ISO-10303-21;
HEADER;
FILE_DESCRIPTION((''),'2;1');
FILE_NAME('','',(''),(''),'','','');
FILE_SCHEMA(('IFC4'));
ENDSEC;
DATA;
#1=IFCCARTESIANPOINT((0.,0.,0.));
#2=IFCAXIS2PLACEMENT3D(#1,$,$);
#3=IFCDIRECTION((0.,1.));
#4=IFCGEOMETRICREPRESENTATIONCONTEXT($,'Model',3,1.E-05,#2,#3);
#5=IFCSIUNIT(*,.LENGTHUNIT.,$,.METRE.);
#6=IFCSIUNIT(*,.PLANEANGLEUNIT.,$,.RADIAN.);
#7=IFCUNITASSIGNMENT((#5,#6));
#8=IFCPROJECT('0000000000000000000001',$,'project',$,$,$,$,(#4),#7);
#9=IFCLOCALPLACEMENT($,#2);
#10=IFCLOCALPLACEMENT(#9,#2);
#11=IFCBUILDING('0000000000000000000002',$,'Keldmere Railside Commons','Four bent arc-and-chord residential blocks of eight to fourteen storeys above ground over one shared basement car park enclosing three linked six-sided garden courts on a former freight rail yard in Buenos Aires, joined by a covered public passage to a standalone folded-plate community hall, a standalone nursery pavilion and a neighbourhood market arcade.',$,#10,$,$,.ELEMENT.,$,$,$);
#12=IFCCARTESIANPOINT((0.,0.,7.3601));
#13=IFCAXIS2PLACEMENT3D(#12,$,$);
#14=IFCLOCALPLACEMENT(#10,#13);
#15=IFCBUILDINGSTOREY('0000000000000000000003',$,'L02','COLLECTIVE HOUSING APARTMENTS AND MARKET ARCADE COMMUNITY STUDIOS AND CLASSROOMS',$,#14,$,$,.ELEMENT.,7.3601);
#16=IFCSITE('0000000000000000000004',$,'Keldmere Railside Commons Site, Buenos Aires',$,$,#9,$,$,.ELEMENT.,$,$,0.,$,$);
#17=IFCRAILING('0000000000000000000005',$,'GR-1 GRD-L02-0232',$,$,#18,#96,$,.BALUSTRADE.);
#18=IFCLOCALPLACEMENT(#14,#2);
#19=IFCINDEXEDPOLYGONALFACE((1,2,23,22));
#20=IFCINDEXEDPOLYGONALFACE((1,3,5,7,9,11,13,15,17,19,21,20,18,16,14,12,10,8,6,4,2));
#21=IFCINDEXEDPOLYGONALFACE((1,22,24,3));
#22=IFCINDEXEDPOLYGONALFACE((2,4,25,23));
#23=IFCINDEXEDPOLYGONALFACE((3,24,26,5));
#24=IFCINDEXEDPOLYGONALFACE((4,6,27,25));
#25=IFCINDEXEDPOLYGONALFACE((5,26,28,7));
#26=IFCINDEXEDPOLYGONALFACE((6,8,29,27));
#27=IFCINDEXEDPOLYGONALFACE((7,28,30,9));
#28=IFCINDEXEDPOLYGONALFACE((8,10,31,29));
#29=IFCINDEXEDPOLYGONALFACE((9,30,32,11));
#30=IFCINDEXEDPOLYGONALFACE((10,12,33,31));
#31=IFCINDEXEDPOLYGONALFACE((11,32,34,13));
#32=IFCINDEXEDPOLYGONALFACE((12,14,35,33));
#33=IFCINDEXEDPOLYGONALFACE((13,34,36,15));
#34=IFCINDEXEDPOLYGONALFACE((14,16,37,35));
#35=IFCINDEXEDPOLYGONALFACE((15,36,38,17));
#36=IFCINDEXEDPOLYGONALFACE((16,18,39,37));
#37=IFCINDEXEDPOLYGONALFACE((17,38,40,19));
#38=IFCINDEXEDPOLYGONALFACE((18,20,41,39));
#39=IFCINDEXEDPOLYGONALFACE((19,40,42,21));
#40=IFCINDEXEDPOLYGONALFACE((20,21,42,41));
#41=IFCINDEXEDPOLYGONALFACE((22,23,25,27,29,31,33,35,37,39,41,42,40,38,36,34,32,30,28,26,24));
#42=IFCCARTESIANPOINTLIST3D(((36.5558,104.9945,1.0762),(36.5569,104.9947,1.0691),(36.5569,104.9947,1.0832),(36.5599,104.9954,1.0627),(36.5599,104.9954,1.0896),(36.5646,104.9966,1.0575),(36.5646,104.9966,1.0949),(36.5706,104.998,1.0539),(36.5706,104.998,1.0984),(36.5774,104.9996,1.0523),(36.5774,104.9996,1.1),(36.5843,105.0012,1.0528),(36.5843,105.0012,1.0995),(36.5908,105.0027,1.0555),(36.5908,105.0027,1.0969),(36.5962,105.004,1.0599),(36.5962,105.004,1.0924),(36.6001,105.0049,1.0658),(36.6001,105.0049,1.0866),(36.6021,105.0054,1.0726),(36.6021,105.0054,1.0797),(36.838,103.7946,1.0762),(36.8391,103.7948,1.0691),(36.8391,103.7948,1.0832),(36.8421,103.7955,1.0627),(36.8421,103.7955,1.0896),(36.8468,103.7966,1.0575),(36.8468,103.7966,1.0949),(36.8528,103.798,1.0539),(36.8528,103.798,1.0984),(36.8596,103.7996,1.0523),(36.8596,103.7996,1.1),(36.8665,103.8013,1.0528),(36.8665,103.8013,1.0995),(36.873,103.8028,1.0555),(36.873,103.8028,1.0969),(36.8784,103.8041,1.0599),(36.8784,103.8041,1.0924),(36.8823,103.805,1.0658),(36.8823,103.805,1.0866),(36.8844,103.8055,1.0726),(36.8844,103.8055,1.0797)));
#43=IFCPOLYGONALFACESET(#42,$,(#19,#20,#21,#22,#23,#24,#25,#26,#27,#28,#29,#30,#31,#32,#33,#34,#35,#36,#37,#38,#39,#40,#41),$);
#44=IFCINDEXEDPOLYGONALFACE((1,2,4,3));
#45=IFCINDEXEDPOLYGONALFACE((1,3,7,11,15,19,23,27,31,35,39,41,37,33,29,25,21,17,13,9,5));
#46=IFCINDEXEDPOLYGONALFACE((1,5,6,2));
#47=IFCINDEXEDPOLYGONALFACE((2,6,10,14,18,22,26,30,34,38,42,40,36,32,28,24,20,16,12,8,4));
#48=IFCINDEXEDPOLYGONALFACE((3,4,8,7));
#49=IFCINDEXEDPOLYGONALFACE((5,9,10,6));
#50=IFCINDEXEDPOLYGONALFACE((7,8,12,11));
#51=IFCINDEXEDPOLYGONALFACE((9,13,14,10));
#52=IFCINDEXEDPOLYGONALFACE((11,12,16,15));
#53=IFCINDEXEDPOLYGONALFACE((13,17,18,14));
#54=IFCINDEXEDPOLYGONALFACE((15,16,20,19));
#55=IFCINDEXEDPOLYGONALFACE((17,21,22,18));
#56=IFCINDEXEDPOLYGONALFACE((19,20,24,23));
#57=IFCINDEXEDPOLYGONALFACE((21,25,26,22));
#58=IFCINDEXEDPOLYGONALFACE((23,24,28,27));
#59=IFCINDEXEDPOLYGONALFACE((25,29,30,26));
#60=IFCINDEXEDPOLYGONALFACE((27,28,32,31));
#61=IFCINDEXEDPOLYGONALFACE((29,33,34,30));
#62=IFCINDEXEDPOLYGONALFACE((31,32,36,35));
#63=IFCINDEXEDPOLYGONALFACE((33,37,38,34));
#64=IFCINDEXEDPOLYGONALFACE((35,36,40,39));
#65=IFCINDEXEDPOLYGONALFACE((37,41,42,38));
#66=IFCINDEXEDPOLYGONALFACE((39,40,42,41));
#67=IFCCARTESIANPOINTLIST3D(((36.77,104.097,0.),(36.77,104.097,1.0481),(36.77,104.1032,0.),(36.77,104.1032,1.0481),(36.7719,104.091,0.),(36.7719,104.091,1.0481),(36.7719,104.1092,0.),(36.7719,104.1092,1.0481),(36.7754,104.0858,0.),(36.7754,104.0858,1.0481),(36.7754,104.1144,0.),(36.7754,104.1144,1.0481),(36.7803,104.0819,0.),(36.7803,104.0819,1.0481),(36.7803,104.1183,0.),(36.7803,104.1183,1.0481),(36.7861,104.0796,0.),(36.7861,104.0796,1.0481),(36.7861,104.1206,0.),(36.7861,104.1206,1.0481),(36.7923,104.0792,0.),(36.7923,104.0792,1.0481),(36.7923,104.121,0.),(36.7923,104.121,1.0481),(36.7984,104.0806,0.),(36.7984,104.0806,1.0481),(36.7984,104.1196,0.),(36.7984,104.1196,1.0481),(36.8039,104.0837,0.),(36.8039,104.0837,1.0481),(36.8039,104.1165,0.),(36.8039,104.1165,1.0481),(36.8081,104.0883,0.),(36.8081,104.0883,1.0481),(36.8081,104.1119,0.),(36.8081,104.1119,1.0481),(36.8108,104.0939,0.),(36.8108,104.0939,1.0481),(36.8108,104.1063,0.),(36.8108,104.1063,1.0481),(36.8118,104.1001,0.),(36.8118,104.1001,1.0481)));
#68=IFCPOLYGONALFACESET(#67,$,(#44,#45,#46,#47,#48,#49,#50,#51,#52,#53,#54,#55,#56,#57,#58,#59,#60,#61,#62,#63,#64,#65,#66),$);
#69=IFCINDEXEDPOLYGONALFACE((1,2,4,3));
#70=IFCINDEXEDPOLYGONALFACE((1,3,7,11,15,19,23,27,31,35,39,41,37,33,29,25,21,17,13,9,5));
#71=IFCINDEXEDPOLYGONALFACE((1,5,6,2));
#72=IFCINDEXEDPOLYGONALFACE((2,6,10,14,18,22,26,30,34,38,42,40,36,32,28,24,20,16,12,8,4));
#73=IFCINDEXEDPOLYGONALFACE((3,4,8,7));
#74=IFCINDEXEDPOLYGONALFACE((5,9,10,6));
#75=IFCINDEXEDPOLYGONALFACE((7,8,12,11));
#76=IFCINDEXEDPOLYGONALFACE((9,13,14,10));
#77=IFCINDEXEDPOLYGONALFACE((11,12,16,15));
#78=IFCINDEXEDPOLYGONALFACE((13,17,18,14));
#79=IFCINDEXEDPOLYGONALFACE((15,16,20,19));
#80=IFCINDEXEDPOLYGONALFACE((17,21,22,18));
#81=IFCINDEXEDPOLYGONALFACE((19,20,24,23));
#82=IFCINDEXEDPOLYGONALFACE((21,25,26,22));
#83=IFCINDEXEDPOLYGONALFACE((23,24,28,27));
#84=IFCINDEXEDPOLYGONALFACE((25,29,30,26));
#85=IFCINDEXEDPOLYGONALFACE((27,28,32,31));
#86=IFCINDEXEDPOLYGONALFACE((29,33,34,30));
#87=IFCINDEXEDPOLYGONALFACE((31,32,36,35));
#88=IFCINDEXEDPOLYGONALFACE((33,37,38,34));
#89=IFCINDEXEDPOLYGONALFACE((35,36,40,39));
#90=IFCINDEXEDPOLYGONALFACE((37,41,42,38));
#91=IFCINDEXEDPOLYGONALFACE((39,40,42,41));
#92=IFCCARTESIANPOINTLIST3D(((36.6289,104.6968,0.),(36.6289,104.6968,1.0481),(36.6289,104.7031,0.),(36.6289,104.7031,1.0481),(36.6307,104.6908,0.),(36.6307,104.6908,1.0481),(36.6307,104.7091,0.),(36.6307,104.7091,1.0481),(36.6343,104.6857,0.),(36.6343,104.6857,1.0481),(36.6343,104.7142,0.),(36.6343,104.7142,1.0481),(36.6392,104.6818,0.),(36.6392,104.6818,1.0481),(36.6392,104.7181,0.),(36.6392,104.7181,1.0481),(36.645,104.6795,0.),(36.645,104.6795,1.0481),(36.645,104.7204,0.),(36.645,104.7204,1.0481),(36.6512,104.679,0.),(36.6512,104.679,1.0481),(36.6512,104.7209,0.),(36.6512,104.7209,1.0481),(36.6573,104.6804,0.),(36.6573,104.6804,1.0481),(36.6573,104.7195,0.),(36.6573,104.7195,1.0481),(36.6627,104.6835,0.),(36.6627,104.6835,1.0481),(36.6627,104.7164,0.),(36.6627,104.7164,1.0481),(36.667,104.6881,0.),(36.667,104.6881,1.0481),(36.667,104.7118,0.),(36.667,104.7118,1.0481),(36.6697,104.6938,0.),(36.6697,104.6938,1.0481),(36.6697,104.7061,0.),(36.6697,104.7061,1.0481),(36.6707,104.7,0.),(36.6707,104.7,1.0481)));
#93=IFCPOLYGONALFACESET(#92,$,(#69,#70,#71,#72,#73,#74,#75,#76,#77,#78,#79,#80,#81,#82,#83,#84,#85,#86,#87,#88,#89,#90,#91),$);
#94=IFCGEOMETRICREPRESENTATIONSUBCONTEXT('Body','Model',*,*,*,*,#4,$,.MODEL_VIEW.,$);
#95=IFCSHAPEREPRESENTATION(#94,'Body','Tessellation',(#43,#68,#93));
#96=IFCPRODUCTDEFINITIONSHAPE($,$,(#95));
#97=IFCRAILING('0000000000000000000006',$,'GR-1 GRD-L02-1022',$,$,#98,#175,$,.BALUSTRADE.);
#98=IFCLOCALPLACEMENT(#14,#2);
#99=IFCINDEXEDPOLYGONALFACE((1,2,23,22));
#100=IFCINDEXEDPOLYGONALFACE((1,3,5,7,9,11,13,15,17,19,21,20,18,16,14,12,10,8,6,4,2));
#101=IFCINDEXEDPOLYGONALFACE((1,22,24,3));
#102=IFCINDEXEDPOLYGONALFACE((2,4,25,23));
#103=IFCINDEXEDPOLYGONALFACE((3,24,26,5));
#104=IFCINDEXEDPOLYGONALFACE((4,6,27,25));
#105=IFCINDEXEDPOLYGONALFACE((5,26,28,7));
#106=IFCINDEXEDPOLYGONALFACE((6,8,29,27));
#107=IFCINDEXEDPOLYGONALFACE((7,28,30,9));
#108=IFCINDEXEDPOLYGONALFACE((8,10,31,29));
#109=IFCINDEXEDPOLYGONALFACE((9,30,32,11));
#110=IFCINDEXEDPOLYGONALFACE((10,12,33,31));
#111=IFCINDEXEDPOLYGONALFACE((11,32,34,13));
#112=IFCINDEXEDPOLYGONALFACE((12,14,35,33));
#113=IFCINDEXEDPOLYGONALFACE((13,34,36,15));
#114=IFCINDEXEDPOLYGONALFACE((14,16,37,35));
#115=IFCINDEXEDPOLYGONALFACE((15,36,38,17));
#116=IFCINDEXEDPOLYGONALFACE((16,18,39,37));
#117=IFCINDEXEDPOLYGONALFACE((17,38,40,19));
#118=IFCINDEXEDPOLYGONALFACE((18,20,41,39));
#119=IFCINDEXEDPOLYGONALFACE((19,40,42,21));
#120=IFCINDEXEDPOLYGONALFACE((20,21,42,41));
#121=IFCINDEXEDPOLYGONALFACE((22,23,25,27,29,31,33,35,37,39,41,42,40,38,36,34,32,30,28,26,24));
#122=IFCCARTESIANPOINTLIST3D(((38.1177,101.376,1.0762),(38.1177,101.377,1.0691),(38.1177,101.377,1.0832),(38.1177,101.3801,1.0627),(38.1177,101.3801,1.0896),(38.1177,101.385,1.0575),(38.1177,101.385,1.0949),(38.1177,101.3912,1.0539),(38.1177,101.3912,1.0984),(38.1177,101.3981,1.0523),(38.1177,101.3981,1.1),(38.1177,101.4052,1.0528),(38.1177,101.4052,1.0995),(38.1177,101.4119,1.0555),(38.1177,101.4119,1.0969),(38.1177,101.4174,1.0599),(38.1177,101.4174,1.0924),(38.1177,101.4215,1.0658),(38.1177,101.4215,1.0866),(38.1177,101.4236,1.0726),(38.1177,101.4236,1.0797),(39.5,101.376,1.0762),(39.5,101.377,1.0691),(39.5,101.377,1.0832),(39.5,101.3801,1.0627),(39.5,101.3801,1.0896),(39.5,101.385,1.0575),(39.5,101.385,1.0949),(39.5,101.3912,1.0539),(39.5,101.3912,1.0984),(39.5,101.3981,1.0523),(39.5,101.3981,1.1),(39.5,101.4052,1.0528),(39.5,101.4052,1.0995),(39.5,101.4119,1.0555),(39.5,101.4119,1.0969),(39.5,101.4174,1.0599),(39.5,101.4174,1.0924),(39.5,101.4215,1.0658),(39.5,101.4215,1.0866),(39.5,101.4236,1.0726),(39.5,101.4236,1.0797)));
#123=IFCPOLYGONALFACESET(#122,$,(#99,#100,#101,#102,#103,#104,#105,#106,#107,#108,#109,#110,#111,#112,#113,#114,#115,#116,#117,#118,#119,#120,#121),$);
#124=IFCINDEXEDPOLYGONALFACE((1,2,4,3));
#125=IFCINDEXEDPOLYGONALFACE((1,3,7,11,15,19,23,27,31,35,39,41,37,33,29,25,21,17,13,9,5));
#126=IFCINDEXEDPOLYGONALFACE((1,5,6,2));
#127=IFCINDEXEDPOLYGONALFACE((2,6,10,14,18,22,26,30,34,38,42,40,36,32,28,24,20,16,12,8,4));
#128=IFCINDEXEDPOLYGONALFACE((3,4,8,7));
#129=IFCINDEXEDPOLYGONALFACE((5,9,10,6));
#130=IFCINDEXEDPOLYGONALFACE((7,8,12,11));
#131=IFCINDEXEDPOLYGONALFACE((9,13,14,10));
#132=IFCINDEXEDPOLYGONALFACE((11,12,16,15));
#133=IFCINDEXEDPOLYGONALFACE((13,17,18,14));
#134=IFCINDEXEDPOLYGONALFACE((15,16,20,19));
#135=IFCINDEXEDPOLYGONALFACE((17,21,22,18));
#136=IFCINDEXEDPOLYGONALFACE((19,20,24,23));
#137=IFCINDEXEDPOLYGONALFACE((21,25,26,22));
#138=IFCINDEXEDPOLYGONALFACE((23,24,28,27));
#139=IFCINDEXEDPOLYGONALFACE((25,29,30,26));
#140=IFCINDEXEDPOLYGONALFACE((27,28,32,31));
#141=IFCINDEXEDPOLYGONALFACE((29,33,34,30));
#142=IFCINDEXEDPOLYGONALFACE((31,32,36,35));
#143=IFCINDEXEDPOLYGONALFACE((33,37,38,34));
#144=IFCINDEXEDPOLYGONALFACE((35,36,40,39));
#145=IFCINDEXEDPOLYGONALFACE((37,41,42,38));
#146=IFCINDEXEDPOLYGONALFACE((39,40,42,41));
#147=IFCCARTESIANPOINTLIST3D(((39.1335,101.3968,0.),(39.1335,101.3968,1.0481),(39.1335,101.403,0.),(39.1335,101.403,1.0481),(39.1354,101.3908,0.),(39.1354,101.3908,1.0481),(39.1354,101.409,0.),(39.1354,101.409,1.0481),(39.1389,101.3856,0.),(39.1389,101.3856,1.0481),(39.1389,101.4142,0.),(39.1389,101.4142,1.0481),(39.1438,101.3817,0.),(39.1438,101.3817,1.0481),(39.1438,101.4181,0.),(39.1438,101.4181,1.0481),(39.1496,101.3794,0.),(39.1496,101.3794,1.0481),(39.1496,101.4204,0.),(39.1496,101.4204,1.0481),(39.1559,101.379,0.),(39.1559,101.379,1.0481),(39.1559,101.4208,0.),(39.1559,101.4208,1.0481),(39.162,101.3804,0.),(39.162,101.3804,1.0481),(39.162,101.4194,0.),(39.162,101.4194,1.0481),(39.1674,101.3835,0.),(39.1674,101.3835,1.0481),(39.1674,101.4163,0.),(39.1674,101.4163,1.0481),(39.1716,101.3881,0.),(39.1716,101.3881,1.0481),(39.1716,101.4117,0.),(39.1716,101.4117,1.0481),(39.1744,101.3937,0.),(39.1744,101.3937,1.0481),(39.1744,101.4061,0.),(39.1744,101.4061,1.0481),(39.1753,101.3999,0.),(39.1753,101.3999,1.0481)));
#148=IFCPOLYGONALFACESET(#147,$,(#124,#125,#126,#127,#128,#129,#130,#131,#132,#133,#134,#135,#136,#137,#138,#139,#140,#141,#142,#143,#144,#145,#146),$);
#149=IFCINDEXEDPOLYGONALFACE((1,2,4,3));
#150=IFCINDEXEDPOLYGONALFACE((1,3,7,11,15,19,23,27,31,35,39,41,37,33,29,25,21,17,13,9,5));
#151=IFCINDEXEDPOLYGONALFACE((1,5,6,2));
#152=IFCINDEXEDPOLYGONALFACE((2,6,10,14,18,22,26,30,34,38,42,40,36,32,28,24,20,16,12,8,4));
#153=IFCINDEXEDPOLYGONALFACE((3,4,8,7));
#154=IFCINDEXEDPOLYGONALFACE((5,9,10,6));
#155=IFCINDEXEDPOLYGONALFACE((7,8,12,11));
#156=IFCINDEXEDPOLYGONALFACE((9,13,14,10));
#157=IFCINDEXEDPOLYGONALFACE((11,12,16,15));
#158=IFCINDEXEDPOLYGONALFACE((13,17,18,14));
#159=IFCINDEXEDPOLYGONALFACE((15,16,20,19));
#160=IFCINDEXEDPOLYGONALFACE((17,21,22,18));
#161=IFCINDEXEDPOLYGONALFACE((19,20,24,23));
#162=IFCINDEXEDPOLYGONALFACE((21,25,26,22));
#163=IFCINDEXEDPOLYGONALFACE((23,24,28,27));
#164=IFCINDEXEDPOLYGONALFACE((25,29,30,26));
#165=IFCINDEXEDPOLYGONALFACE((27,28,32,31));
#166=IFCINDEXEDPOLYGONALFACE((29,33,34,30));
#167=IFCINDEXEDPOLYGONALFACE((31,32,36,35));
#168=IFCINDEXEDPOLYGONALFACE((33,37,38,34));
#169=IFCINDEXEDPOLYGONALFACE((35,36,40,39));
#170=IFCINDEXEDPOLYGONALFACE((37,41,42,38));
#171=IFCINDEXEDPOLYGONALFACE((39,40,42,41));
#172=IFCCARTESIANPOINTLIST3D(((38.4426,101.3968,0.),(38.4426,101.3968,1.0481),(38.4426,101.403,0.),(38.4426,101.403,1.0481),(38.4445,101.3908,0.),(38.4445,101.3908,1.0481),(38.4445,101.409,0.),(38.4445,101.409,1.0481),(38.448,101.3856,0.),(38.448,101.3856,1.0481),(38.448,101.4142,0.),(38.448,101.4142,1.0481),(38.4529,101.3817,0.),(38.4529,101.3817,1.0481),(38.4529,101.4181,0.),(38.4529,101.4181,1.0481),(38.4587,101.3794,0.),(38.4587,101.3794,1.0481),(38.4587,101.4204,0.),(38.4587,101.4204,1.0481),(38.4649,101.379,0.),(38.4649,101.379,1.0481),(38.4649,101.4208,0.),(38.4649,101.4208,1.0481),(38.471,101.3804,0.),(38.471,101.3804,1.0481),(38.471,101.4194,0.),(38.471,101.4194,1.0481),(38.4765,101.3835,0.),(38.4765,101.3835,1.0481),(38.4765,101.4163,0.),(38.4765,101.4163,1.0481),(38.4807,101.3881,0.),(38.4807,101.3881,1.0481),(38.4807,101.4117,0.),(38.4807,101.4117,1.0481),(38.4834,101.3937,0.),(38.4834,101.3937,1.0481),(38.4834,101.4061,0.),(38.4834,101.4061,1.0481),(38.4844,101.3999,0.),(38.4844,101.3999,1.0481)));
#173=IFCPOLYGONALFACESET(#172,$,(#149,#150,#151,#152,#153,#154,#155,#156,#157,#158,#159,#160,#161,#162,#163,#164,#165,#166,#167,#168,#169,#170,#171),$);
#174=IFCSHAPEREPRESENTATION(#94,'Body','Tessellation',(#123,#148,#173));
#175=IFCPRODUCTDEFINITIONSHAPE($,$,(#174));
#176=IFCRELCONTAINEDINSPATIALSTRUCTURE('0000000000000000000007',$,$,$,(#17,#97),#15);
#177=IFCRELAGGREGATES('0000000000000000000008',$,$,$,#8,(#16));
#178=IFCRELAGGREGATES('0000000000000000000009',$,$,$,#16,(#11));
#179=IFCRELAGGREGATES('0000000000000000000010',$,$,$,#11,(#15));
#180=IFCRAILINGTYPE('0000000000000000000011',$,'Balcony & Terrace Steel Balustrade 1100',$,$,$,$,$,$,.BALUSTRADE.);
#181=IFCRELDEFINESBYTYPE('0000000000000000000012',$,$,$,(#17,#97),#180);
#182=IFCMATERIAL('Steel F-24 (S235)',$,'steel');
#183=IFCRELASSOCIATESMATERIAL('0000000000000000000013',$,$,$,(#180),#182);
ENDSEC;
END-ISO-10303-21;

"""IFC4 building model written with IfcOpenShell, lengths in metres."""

from ifc_helpers import new_model, si_unit, direction, frame, origin, origin_2d, place, context, subcontext, project, spatial, circle, extrude, material, type_object, element, save


model = new_model("IFC4")

# Units and contexts
model_context = context("Model", 3, precision=1e-05, world=origin(), true_north=direction((0.0, 1.0)))
body_context = subcontext(model_context, "Body", "Model", "MODEL_VIEW")
ifc_project = project(units=[si_unit("LENGTHUNIT", "METRE"), si_unit("PLANEANGLEUNIT", "RADIAN")], contexts=[model_context])

# Site, building, storey
site_placement = place(None, origin())
site = spatial("IfcSite", under=ifc_project, at=site_placement, Name="Keldmere Railside Commons Site, Buenos Aires", CompositionType="ELEMENT", RefElevation=0.0)
building_placement = place(site_placement, origin())
building = spatial("IfcBuilding", under=site, at=building_placement, Name="Keldmere Railside Commons", Description="Four bent arc-and-chord residential blocks of eight to fourteen storeys above ground over one shared basement car park enclosing three linked six-sided garden courts on a former freight rail yard in Buenos Aires, joined by a covered public passage to a standalone folded-plate community hall, a standalone nursery pavilion and a neighbourhood market arcade.", CompositionType="ELEMENT")
storey_placement = place(building_placement, frame((0.0, 0.0, 7.3601)))
storey = spatial("IfcBuildingStorey", under=building, at=storey_placement, Name="L02", Description="COLLECTIVE HOUSING APARTMENTS AND MARKET ARCADE COMMUNITY STUDIOS AND CLASSROOMS", CompositionType="ELEMENT", Elevation=7.3601)

# Railings
ifc_material_1 = material(Name="Steel F-24 (S235)", Category="steel")
railing_type = type_object("IfcRailingType", Name="Balcony & Terrace Steel Balustrade 1100", PredefinedType="BALUSTRADE", material=ifc_material_1)
railing_1_placement = place(storey_placement, frame((36.8613, 103.8, 0.0)))
element("IfcRailing", 1, at=railing_1_placement, inside=storey, type_object=railing_type, Name="GR-1 GRD-L02-0232", PredefinedType="BALUSTRADE", context=body_context, shape_type="SweptSolid", body=[
    extrude(circle(Radius=0.0239, at=origin_2d()), frame((0.0, 0.0, 1.0762), z_axis=(-0.228951, 0.973438, 0.0), x_axis=(-0.973438, -0.228951, 0.0)), (0.0, 0.0, 1.0), 1.2327),
    extrude(circle(Radius=0.021, at=origin_2d()), frame((-0.0706, 0.3, 0.0)), (0.0, 0.0, 1.0), 1.0481),
    extrude(circle(Radius=0.021, at=origin_2d()), frame((-0.2117, 0.8999, 0.0)), (0.0, 0.0, 1.0), 1.0481),
])
railing_2_placement = place(storey_placement, frame((39.5, 101.3999, 0.0)))
element("IfcRailing", 2, at=railing_2_placement, inside=storey, type_object=railing_type, Name="GR-1 GRD-L02-1022", PredefinedType="BALUSTRADE", context=body_context, shape_type="SweptSolid", body=[
    extrude(circle(Radius=0.0239, at=origin_2d()), frame((0.0, 0.0, 1.0762), z_axis=(-1.0, 0.0, 0.0), x_axis=(0.0, -1.0, 0.0)), (0.0, 0.0, 1.0), 1.3823),
    extrude(circle(Radius=0.021, at=origin_2d()), frame((-0.3457, 0.0, 0.0)), (0.0, 0.0, 1.0), 1.0481),
    extrude(circle(Radius=0.021, at=origin_2d()), frame((-1.0366, 0.0, 0.0)), (0.0, 0.0, 1.0), 1.0481),
])

save(model, "model.ifc")
